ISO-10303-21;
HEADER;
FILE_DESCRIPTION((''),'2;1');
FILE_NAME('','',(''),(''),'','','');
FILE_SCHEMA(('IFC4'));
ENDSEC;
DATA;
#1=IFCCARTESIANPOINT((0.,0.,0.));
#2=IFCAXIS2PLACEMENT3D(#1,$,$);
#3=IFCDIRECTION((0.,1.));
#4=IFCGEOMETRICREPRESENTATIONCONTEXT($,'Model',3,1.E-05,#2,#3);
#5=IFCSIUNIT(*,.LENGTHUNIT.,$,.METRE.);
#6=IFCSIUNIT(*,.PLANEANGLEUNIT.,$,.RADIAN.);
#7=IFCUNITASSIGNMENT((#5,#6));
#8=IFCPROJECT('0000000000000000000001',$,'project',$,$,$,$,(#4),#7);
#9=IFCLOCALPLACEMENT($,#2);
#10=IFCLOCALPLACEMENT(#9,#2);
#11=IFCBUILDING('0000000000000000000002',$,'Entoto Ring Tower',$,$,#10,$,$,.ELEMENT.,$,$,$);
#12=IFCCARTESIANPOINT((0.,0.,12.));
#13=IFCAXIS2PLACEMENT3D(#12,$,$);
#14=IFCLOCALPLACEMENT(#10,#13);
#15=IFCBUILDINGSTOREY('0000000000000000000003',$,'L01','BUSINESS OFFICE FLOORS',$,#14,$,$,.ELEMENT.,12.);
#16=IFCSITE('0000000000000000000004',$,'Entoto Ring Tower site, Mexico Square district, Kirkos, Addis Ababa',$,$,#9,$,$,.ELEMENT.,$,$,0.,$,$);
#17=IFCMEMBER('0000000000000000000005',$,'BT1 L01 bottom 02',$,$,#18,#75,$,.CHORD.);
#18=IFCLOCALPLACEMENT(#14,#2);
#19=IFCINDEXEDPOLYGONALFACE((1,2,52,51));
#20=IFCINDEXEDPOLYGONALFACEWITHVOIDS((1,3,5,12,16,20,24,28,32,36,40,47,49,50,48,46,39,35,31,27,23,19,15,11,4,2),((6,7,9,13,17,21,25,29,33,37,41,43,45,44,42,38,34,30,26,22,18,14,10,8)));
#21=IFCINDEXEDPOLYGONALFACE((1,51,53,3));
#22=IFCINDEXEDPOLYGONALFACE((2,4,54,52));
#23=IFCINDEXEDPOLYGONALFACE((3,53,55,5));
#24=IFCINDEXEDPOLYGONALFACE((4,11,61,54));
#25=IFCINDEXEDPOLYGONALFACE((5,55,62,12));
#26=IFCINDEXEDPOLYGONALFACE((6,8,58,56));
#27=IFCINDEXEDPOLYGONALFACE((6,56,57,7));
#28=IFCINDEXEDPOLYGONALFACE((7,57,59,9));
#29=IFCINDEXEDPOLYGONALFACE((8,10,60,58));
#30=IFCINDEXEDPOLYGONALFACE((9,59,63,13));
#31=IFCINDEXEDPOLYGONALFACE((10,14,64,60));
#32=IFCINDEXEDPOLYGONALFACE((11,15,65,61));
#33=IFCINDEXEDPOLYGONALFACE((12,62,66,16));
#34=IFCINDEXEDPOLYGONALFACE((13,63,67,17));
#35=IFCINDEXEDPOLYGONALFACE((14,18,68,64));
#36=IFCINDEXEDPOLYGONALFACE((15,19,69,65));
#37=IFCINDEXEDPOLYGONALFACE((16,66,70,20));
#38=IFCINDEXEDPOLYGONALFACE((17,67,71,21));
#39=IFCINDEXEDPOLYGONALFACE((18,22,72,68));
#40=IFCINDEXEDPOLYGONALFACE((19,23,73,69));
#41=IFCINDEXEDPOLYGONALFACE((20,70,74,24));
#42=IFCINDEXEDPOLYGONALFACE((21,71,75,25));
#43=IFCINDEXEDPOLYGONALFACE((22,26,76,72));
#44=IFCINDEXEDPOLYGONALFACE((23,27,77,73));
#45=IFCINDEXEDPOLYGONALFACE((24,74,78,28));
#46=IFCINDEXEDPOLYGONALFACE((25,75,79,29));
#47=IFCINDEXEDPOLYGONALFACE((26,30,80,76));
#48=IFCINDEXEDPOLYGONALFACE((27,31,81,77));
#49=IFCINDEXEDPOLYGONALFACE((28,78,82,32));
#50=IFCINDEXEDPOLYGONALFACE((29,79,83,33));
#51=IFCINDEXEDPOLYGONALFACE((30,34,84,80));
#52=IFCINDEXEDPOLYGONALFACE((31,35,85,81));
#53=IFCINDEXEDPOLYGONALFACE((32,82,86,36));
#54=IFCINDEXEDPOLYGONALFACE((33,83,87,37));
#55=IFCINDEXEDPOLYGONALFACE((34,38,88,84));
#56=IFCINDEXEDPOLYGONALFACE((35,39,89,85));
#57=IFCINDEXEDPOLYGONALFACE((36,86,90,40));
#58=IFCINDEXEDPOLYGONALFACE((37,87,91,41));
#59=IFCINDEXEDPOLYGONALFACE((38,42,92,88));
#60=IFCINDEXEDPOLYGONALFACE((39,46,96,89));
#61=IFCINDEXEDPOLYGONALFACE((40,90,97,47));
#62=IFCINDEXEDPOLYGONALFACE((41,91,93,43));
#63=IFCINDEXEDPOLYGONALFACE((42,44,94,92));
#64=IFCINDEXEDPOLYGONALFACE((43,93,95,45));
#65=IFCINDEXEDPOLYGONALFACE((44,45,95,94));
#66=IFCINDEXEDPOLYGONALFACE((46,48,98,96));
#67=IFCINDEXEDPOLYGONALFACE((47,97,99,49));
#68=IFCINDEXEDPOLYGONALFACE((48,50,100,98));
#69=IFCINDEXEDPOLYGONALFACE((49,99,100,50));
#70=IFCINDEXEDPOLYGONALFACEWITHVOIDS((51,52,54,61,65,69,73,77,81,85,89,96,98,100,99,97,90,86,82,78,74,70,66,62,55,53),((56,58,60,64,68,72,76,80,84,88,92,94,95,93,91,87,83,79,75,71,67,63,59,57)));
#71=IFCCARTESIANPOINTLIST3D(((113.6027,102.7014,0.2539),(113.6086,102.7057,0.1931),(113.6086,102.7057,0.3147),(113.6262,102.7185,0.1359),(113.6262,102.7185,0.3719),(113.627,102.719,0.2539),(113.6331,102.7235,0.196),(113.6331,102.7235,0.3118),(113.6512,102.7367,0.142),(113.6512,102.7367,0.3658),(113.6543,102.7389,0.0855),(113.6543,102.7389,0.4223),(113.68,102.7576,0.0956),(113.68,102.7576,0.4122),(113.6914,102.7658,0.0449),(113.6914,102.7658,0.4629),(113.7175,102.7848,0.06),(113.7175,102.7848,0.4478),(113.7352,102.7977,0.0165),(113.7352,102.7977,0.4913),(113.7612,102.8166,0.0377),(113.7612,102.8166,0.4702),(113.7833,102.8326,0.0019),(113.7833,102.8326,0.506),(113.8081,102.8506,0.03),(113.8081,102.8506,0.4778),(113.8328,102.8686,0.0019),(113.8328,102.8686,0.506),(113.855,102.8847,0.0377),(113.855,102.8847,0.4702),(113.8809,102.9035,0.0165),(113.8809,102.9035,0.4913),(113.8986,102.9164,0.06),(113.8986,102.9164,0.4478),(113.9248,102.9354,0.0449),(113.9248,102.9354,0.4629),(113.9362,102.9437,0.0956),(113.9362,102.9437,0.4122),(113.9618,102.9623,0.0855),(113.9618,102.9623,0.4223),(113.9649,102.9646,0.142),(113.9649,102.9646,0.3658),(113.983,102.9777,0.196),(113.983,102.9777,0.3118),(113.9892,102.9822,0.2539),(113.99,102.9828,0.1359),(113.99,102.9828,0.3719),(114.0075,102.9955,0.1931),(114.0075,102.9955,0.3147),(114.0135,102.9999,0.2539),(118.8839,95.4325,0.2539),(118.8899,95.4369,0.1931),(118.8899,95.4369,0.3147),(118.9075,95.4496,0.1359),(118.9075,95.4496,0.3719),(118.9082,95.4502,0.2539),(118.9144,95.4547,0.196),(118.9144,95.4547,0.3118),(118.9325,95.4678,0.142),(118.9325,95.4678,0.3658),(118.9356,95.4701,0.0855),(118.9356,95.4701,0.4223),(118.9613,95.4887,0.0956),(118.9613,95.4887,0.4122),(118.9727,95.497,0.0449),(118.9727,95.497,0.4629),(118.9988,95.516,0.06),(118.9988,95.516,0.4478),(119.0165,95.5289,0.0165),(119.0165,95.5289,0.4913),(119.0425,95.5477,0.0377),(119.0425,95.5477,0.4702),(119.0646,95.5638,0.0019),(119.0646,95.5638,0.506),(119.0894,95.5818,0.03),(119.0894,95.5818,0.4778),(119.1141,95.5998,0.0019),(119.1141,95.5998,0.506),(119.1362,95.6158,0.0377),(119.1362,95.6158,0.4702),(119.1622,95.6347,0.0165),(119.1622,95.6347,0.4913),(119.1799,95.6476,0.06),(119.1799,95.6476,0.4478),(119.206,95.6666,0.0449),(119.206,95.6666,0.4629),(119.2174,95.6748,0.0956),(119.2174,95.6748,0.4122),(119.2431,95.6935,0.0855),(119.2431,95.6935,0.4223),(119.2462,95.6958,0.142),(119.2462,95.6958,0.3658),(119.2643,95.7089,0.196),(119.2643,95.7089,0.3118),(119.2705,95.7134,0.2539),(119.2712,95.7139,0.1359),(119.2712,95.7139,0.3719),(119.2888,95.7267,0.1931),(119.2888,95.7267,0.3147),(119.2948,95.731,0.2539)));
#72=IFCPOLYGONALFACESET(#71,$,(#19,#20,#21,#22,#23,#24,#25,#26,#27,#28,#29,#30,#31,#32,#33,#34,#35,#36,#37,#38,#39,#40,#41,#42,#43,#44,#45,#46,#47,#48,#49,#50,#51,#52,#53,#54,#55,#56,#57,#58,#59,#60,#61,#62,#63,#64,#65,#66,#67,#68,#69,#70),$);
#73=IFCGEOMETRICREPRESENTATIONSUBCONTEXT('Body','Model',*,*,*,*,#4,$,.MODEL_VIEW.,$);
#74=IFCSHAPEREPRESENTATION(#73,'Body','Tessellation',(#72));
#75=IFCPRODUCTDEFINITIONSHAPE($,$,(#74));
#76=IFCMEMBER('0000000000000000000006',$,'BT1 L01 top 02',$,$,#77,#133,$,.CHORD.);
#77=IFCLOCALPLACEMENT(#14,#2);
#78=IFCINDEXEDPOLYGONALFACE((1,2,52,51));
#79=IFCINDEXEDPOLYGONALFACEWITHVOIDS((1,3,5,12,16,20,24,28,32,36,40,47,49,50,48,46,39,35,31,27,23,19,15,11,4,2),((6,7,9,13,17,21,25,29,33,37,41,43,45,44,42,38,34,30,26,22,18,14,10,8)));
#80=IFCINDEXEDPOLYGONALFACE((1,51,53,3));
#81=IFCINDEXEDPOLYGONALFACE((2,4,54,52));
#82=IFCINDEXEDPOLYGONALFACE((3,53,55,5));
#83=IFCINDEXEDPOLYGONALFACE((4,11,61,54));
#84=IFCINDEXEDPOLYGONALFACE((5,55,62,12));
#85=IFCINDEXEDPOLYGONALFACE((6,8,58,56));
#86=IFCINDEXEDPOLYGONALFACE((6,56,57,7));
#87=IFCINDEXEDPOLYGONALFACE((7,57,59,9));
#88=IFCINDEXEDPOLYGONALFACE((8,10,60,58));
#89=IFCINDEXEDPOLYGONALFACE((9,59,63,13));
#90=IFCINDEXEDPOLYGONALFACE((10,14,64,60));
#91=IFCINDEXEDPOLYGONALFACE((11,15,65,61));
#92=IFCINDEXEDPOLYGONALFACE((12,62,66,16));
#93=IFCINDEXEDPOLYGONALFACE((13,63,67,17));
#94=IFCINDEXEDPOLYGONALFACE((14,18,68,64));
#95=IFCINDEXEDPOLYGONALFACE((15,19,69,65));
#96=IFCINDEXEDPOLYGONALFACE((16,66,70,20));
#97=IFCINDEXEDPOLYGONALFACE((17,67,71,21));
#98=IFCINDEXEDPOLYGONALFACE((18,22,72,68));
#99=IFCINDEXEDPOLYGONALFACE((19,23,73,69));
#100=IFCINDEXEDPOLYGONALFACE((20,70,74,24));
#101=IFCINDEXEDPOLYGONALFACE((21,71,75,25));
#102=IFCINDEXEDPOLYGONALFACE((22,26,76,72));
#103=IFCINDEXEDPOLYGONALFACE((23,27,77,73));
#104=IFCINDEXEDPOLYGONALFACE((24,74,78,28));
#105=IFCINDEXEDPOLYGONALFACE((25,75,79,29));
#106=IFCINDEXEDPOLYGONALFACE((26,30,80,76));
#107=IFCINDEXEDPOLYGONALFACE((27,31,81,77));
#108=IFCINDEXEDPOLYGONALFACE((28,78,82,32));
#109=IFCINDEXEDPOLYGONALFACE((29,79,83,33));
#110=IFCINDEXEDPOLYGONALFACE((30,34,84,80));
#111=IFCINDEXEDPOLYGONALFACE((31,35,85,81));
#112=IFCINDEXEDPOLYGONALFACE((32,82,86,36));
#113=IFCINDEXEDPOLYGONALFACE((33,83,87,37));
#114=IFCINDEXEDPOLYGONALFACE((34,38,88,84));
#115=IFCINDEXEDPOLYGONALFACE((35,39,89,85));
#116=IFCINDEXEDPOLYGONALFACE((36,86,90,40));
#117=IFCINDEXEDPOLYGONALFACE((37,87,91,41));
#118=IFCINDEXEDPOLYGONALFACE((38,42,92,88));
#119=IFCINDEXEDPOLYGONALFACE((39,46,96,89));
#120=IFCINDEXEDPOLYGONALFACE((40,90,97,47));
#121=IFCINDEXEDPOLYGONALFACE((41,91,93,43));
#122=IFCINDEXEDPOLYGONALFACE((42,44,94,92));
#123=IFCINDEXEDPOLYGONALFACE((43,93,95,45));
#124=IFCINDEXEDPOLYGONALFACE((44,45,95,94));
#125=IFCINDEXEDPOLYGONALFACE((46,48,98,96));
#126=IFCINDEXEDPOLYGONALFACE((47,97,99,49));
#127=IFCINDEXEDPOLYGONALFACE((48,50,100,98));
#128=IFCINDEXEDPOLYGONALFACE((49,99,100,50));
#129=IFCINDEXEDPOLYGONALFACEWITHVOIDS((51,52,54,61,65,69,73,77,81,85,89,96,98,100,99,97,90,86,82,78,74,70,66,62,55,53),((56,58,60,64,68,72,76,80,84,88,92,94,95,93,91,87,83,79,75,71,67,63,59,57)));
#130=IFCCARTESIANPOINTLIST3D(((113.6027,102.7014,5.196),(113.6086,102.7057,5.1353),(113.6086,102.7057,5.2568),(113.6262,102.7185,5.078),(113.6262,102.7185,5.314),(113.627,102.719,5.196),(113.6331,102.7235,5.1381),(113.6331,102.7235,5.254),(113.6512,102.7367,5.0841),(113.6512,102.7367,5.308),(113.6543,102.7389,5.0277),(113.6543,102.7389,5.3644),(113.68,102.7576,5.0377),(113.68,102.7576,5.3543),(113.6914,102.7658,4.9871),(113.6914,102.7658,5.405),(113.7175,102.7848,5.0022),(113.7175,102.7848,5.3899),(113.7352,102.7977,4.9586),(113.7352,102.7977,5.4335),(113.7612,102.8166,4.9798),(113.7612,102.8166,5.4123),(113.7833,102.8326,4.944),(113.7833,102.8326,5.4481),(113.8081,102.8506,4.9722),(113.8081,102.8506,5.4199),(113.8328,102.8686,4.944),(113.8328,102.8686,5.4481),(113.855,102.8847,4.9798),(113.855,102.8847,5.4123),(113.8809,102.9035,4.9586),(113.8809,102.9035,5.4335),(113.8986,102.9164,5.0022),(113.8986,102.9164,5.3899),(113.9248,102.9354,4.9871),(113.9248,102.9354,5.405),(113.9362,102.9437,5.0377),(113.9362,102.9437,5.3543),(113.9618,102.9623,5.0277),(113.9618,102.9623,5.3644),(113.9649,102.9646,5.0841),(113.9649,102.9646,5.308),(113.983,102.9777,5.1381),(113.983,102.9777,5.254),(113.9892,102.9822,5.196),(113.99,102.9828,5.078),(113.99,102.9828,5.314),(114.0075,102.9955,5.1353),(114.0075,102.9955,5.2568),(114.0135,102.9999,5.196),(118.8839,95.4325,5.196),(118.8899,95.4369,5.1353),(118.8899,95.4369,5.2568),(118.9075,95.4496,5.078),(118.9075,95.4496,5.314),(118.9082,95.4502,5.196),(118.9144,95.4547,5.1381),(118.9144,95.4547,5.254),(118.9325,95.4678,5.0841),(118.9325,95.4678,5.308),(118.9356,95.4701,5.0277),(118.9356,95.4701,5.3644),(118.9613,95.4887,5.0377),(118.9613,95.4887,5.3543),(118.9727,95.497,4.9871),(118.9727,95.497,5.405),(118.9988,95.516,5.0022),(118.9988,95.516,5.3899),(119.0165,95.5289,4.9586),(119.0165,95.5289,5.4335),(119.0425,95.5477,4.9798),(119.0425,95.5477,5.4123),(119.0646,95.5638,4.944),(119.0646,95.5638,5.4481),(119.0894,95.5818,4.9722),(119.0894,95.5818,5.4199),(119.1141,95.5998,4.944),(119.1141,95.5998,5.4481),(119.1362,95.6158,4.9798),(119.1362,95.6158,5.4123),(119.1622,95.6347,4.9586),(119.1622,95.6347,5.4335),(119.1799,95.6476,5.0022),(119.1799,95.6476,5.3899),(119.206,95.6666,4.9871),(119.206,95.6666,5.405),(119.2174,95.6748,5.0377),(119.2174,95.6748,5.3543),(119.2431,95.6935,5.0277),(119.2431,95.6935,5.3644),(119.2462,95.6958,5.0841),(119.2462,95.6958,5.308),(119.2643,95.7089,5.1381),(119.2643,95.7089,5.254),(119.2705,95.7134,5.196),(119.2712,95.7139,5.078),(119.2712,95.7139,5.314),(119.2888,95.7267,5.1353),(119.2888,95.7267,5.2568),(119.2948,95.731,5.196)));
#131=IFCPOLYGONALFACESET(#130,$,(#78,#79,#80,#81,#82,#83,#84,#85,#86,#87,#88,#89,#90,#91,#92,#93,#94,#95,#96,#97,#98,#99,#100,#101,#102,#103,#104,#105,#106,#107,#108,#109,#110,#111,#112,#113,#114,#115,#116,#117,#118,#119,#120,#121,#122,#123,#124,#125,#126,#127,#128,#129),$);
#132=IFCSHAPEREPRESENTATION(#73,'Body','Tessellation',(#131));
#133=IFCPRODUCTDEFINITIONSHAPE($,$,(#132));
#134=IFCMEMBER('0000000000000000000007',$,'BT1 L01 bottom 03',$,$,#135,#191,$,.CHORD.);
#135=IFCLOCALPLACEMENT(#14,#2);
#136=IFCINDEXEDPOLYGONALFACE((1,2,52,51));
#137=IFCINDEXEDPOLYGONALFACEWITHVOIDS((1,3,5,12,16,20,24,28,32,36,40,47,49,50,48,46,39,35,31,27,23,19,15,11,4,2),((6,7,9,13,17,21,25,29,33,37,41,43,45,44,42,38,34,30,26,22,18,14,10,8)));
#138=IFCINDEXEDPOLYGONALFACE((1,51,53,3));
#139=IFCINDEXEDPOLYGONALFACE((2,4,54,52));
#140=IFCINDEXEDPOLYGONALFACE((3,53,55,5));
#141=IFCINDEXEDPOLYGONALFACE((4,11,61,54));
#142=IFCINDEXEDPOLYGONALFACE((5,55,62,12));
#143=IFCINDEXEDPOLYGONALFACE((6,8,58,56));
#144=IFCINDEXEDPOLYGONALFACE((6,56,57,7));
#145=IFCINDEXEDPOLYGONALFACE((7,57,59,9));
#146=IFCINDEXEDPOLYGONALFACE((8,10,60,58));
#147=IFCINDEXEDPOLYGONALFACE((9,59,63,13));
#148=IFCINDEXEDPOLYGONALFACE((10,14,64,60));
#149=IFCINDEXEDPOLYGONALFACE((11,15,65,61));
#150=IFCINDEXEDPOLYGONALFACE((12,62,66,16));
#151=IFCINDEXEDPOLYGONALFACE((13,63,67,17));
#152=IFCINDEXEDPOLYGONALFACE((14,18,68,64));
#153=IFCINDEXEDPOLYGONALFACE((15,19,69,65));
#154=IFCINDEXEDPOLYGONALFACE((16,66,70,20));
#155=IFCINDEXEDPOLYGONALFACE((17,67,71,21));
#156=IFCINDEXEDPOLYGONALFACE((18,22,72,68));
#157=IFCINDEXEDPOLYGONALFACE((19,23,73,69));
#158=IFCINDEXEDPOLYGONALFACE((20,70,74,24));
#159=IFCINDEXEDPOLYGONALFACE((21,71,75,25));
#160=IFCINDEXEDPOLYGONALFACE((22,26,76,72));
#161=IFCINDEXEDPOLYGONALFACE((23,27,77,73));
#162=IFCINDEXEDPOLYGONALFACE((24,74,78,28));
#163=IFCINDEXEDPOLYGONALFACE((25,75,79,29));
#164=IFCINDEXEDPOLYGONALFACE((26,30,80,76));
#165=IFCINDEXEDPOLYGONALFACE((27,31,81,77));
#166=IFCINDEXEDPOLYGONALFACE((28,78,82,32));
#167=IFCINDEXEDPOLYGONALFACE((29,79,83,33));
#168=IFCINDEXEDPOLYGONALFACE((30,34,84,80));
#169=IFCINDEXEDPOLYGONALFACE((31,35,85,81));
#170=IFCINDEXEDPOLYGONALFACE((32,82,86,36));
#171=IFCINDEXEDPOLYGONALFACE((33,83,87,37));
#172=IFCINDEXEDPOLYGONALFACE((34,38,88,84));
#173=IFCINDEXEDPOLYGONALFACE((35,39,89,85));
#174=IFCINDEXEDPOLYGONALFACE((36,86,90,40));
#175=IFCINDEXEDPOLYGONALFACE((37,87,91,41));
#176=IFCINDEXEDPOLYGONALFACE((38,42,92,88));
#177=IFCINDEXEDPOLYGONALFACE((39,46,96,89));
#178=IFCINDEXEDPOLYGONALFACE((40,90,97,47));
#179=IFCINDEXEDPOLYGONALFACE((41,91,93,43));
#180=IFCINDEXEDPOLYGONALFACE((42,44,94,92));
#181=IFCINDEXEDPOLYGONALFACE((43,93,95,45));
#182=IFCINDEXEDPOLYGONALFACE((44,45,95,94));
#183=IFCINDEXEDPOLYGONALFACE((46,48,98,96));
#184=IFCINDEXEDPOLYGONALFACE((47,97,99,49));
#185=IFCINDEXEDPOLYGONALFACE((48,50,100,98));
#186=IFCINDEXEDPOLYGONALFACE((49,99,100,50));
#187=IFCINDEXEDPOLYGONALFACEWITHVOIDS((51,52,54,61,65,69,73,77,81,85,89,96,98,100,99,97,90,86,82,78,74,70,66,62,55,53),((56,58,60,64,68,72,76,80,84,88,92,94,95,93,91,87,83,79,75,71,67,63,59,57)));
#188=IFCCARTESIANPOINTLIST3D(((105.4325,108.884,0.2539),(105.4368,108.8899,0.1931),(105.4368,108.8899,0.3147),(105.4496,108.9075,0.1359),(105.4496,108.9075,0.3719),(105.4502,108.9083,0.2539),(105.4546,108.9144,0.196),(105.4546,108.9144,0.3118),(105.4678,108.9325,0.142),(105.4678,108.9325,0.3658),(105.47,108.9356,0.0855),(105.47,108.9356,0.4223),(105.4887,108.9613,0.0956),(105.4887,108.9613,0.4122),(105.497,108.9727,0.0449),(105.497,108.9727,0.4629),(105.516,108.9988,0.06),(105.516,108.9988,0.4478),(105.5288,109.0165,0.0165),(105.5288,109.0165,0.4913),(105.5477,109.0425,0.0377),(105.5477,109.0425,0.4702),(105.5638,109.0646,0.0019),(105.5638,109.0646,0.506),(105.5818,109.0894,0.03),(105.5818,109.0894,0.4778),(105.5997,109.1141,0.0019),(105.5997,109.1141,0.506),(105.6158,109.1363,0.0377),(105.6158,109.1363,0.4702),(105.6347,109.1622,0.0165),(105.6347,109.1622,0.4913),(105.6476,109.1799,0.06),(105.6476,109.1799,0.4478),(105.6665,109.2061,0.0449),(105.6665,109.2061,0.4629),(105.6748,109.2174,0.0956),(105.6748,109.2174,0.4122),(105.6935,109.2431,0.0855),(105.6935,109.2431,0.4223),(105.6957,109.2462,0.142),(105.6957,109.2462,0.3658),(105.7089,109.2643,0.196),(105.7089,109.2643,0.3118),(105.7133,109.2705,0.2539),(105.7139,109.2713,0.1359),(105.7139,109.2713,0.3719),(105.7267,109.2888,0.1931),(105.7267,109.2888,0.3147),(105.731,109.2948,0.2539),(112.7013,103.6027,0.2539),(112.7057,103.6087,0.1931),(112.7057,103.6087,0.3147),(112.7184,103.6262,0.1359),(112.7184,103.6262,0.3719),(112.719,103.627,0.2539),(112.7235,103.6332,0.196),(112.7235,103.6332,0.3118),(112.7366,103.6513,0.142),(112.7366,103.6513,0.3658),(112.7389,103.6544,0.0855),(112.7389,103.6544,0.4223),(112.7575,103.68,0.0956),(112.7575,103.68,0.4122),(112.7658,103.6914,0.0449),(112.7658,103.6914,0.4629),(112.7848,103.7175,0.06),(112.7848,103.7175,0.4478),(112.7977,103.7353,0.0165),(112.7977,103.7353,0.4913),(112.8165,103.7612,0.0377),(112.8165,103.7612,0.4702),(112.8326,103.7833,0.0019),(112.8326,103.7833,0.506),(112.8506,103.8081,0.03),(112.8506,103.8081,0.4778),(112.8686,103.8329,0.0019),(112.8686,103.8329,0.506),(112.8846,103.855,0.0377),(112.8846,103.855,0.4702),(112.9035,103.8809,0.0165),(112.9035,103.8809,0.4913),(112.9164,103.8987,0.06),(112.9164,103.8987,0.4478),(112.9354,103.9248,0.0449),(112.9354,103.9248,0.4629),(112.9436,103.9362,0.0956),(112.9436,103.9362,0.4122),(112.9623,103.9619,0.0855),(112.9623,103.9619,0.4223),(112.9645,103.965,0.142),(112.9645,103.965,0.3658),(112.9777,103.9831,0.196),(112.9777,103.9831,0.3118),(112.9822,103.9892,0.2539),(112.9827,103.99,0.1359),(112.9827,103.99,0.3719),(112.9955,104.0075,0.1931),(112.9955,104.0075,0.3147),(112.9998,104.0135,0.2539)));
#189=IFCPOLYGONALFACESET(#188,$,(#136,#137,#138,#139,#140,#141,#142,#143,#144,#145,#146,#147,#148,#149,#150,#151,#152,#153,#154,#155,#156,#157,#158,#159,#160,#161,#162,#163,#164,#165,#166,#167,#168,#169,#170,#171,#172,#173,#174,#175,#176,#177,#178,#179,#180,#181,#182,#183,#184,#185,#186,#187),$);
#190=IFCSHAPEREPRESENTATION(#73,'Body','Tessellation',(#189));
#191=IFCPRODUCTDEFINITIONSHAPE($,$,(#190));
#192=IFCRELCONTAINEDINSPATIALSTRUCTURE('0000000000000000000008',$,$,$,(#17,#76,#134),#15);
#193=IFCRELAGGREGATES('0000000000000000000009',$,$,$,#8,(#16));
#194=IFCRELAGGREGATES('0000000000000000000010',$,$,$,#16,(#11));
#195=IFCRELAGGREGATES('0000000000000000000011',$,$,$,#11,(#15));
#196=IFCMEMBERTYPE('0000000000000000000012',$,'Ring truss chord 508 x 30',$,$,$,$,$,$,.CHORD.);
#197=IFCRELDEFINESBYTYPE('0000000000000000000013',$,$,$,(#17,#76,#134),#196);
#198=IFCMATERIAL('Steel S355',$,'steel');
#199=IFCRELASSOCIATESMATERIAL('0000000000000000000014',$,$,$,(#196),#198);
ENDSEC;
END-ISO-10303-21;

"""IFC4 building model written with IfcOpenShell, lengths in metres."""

from ifc_helpers import new_model, si_unit, direction, frame, origin, origin_2d, place, context, subcontext, project, spatial, circle, hollow_circle, extrude, material, material_profile, profile_set, type_object, element, save


model = new_model("IFC4")

# Units and contexts
model_context = context("Model", 3, precision=1e-05, world=origin(), true_north=direction((0.0, 1.0)))
body_context = subcontext(model_context, "Body", "Model", "MODEL_VIEW")
ifc_project = project(units=[si_unit("LENGTHUNIT", "METRE"), si_unit("PLANEANGLEUNIT", "RADIAN")], contexts=[model_context])

# Site, building, storey
site_placement = place(None, origin())
site = spatial("IfcSite", under=ifc_project, at=site_placement, Name="Entoto Ring Tower site, Mexico Square district, Kirkos, Addis Ababa", CompositionType="ELEMENT", RefElevation=0.0)
building_placement = place(site_placement, origin())
building = spatial("IfcBuilding", under=site, at=building_placement, Name="Entoto Ring Tower", CompositionType="ELEMENT")
storey_placement = place(building_placement, frame((0.0, 0.0, 12.0)))
storey = spatial("IfcBuildingStorey", under=building, at=storey_placement, Name="L01", Description="BUSINESS OFFICE FLOORS", CompositionType="ELEMENT", Elevation=12.0)

# Members
ifc_material_1 = material(Name="Steel S355", Category="steel")
ifc_material_profile_1 = material_profile(ifc_material_1, hollow_circle(Radius=0.2539, WallThickness=0.03, at=origin_2d()), Name="CHS 508 x 30")
ifc_material_2 = material(Name="Concrete C60/75", Category="concrete")
ifc_material_profile_2 = material_profile(ifc_material_2, circle(Radius=0.2241, at=origin_2d()), Name="Concrete C60/75 infill")
ifc_profile_set_1 = profile_set([ifc_material_profile_1, ifc_material_profile_2], Name="Steel S355")
member_type_1 = type_object("IfcMemberType", Name="Ring truss chord 508 x 30", PredefinedType="CHORD", material=ifc_profile_set_1)
for number, where, z_axis, x_axis, name in (
    (1, (119.0894, 95.5818, 0.2539), (-0.587797, 0.809009, 0.0), (-0.809009, -0.587797, 0.0), "BT1 L01 bottom 02"),
    (2, (119.0894, 95.5818, 5.196), (-0.587797, 0.809009, 0.0), (-0.809009, -0.587797, 0.0), "BT1 L01 top 02"),
    (3, (112.8506, 103.8081, 0.2539), (-0.809009, 0.587797, 0.0), (-0.587797, -0.809009, 0.0), "BT1 L01 bottom 03"),
):
    element("IfcMember", number, at=place(storey_placement, frame(where, z_axis=z_axis, x_axis=x_axis)), inside=storey, type_object=member_type_1, Name=name, PredefinedType="CHORD", context=body_context, shape_type="SweptSolid", body=[
        extrude(hollow_circle(Radius=0.2539, WallThickness=0.03, at=origin_2d()), origin(), (0.0, 0.0, 1.0), 8.9849),
    ])

save(model, "model.ifc")
